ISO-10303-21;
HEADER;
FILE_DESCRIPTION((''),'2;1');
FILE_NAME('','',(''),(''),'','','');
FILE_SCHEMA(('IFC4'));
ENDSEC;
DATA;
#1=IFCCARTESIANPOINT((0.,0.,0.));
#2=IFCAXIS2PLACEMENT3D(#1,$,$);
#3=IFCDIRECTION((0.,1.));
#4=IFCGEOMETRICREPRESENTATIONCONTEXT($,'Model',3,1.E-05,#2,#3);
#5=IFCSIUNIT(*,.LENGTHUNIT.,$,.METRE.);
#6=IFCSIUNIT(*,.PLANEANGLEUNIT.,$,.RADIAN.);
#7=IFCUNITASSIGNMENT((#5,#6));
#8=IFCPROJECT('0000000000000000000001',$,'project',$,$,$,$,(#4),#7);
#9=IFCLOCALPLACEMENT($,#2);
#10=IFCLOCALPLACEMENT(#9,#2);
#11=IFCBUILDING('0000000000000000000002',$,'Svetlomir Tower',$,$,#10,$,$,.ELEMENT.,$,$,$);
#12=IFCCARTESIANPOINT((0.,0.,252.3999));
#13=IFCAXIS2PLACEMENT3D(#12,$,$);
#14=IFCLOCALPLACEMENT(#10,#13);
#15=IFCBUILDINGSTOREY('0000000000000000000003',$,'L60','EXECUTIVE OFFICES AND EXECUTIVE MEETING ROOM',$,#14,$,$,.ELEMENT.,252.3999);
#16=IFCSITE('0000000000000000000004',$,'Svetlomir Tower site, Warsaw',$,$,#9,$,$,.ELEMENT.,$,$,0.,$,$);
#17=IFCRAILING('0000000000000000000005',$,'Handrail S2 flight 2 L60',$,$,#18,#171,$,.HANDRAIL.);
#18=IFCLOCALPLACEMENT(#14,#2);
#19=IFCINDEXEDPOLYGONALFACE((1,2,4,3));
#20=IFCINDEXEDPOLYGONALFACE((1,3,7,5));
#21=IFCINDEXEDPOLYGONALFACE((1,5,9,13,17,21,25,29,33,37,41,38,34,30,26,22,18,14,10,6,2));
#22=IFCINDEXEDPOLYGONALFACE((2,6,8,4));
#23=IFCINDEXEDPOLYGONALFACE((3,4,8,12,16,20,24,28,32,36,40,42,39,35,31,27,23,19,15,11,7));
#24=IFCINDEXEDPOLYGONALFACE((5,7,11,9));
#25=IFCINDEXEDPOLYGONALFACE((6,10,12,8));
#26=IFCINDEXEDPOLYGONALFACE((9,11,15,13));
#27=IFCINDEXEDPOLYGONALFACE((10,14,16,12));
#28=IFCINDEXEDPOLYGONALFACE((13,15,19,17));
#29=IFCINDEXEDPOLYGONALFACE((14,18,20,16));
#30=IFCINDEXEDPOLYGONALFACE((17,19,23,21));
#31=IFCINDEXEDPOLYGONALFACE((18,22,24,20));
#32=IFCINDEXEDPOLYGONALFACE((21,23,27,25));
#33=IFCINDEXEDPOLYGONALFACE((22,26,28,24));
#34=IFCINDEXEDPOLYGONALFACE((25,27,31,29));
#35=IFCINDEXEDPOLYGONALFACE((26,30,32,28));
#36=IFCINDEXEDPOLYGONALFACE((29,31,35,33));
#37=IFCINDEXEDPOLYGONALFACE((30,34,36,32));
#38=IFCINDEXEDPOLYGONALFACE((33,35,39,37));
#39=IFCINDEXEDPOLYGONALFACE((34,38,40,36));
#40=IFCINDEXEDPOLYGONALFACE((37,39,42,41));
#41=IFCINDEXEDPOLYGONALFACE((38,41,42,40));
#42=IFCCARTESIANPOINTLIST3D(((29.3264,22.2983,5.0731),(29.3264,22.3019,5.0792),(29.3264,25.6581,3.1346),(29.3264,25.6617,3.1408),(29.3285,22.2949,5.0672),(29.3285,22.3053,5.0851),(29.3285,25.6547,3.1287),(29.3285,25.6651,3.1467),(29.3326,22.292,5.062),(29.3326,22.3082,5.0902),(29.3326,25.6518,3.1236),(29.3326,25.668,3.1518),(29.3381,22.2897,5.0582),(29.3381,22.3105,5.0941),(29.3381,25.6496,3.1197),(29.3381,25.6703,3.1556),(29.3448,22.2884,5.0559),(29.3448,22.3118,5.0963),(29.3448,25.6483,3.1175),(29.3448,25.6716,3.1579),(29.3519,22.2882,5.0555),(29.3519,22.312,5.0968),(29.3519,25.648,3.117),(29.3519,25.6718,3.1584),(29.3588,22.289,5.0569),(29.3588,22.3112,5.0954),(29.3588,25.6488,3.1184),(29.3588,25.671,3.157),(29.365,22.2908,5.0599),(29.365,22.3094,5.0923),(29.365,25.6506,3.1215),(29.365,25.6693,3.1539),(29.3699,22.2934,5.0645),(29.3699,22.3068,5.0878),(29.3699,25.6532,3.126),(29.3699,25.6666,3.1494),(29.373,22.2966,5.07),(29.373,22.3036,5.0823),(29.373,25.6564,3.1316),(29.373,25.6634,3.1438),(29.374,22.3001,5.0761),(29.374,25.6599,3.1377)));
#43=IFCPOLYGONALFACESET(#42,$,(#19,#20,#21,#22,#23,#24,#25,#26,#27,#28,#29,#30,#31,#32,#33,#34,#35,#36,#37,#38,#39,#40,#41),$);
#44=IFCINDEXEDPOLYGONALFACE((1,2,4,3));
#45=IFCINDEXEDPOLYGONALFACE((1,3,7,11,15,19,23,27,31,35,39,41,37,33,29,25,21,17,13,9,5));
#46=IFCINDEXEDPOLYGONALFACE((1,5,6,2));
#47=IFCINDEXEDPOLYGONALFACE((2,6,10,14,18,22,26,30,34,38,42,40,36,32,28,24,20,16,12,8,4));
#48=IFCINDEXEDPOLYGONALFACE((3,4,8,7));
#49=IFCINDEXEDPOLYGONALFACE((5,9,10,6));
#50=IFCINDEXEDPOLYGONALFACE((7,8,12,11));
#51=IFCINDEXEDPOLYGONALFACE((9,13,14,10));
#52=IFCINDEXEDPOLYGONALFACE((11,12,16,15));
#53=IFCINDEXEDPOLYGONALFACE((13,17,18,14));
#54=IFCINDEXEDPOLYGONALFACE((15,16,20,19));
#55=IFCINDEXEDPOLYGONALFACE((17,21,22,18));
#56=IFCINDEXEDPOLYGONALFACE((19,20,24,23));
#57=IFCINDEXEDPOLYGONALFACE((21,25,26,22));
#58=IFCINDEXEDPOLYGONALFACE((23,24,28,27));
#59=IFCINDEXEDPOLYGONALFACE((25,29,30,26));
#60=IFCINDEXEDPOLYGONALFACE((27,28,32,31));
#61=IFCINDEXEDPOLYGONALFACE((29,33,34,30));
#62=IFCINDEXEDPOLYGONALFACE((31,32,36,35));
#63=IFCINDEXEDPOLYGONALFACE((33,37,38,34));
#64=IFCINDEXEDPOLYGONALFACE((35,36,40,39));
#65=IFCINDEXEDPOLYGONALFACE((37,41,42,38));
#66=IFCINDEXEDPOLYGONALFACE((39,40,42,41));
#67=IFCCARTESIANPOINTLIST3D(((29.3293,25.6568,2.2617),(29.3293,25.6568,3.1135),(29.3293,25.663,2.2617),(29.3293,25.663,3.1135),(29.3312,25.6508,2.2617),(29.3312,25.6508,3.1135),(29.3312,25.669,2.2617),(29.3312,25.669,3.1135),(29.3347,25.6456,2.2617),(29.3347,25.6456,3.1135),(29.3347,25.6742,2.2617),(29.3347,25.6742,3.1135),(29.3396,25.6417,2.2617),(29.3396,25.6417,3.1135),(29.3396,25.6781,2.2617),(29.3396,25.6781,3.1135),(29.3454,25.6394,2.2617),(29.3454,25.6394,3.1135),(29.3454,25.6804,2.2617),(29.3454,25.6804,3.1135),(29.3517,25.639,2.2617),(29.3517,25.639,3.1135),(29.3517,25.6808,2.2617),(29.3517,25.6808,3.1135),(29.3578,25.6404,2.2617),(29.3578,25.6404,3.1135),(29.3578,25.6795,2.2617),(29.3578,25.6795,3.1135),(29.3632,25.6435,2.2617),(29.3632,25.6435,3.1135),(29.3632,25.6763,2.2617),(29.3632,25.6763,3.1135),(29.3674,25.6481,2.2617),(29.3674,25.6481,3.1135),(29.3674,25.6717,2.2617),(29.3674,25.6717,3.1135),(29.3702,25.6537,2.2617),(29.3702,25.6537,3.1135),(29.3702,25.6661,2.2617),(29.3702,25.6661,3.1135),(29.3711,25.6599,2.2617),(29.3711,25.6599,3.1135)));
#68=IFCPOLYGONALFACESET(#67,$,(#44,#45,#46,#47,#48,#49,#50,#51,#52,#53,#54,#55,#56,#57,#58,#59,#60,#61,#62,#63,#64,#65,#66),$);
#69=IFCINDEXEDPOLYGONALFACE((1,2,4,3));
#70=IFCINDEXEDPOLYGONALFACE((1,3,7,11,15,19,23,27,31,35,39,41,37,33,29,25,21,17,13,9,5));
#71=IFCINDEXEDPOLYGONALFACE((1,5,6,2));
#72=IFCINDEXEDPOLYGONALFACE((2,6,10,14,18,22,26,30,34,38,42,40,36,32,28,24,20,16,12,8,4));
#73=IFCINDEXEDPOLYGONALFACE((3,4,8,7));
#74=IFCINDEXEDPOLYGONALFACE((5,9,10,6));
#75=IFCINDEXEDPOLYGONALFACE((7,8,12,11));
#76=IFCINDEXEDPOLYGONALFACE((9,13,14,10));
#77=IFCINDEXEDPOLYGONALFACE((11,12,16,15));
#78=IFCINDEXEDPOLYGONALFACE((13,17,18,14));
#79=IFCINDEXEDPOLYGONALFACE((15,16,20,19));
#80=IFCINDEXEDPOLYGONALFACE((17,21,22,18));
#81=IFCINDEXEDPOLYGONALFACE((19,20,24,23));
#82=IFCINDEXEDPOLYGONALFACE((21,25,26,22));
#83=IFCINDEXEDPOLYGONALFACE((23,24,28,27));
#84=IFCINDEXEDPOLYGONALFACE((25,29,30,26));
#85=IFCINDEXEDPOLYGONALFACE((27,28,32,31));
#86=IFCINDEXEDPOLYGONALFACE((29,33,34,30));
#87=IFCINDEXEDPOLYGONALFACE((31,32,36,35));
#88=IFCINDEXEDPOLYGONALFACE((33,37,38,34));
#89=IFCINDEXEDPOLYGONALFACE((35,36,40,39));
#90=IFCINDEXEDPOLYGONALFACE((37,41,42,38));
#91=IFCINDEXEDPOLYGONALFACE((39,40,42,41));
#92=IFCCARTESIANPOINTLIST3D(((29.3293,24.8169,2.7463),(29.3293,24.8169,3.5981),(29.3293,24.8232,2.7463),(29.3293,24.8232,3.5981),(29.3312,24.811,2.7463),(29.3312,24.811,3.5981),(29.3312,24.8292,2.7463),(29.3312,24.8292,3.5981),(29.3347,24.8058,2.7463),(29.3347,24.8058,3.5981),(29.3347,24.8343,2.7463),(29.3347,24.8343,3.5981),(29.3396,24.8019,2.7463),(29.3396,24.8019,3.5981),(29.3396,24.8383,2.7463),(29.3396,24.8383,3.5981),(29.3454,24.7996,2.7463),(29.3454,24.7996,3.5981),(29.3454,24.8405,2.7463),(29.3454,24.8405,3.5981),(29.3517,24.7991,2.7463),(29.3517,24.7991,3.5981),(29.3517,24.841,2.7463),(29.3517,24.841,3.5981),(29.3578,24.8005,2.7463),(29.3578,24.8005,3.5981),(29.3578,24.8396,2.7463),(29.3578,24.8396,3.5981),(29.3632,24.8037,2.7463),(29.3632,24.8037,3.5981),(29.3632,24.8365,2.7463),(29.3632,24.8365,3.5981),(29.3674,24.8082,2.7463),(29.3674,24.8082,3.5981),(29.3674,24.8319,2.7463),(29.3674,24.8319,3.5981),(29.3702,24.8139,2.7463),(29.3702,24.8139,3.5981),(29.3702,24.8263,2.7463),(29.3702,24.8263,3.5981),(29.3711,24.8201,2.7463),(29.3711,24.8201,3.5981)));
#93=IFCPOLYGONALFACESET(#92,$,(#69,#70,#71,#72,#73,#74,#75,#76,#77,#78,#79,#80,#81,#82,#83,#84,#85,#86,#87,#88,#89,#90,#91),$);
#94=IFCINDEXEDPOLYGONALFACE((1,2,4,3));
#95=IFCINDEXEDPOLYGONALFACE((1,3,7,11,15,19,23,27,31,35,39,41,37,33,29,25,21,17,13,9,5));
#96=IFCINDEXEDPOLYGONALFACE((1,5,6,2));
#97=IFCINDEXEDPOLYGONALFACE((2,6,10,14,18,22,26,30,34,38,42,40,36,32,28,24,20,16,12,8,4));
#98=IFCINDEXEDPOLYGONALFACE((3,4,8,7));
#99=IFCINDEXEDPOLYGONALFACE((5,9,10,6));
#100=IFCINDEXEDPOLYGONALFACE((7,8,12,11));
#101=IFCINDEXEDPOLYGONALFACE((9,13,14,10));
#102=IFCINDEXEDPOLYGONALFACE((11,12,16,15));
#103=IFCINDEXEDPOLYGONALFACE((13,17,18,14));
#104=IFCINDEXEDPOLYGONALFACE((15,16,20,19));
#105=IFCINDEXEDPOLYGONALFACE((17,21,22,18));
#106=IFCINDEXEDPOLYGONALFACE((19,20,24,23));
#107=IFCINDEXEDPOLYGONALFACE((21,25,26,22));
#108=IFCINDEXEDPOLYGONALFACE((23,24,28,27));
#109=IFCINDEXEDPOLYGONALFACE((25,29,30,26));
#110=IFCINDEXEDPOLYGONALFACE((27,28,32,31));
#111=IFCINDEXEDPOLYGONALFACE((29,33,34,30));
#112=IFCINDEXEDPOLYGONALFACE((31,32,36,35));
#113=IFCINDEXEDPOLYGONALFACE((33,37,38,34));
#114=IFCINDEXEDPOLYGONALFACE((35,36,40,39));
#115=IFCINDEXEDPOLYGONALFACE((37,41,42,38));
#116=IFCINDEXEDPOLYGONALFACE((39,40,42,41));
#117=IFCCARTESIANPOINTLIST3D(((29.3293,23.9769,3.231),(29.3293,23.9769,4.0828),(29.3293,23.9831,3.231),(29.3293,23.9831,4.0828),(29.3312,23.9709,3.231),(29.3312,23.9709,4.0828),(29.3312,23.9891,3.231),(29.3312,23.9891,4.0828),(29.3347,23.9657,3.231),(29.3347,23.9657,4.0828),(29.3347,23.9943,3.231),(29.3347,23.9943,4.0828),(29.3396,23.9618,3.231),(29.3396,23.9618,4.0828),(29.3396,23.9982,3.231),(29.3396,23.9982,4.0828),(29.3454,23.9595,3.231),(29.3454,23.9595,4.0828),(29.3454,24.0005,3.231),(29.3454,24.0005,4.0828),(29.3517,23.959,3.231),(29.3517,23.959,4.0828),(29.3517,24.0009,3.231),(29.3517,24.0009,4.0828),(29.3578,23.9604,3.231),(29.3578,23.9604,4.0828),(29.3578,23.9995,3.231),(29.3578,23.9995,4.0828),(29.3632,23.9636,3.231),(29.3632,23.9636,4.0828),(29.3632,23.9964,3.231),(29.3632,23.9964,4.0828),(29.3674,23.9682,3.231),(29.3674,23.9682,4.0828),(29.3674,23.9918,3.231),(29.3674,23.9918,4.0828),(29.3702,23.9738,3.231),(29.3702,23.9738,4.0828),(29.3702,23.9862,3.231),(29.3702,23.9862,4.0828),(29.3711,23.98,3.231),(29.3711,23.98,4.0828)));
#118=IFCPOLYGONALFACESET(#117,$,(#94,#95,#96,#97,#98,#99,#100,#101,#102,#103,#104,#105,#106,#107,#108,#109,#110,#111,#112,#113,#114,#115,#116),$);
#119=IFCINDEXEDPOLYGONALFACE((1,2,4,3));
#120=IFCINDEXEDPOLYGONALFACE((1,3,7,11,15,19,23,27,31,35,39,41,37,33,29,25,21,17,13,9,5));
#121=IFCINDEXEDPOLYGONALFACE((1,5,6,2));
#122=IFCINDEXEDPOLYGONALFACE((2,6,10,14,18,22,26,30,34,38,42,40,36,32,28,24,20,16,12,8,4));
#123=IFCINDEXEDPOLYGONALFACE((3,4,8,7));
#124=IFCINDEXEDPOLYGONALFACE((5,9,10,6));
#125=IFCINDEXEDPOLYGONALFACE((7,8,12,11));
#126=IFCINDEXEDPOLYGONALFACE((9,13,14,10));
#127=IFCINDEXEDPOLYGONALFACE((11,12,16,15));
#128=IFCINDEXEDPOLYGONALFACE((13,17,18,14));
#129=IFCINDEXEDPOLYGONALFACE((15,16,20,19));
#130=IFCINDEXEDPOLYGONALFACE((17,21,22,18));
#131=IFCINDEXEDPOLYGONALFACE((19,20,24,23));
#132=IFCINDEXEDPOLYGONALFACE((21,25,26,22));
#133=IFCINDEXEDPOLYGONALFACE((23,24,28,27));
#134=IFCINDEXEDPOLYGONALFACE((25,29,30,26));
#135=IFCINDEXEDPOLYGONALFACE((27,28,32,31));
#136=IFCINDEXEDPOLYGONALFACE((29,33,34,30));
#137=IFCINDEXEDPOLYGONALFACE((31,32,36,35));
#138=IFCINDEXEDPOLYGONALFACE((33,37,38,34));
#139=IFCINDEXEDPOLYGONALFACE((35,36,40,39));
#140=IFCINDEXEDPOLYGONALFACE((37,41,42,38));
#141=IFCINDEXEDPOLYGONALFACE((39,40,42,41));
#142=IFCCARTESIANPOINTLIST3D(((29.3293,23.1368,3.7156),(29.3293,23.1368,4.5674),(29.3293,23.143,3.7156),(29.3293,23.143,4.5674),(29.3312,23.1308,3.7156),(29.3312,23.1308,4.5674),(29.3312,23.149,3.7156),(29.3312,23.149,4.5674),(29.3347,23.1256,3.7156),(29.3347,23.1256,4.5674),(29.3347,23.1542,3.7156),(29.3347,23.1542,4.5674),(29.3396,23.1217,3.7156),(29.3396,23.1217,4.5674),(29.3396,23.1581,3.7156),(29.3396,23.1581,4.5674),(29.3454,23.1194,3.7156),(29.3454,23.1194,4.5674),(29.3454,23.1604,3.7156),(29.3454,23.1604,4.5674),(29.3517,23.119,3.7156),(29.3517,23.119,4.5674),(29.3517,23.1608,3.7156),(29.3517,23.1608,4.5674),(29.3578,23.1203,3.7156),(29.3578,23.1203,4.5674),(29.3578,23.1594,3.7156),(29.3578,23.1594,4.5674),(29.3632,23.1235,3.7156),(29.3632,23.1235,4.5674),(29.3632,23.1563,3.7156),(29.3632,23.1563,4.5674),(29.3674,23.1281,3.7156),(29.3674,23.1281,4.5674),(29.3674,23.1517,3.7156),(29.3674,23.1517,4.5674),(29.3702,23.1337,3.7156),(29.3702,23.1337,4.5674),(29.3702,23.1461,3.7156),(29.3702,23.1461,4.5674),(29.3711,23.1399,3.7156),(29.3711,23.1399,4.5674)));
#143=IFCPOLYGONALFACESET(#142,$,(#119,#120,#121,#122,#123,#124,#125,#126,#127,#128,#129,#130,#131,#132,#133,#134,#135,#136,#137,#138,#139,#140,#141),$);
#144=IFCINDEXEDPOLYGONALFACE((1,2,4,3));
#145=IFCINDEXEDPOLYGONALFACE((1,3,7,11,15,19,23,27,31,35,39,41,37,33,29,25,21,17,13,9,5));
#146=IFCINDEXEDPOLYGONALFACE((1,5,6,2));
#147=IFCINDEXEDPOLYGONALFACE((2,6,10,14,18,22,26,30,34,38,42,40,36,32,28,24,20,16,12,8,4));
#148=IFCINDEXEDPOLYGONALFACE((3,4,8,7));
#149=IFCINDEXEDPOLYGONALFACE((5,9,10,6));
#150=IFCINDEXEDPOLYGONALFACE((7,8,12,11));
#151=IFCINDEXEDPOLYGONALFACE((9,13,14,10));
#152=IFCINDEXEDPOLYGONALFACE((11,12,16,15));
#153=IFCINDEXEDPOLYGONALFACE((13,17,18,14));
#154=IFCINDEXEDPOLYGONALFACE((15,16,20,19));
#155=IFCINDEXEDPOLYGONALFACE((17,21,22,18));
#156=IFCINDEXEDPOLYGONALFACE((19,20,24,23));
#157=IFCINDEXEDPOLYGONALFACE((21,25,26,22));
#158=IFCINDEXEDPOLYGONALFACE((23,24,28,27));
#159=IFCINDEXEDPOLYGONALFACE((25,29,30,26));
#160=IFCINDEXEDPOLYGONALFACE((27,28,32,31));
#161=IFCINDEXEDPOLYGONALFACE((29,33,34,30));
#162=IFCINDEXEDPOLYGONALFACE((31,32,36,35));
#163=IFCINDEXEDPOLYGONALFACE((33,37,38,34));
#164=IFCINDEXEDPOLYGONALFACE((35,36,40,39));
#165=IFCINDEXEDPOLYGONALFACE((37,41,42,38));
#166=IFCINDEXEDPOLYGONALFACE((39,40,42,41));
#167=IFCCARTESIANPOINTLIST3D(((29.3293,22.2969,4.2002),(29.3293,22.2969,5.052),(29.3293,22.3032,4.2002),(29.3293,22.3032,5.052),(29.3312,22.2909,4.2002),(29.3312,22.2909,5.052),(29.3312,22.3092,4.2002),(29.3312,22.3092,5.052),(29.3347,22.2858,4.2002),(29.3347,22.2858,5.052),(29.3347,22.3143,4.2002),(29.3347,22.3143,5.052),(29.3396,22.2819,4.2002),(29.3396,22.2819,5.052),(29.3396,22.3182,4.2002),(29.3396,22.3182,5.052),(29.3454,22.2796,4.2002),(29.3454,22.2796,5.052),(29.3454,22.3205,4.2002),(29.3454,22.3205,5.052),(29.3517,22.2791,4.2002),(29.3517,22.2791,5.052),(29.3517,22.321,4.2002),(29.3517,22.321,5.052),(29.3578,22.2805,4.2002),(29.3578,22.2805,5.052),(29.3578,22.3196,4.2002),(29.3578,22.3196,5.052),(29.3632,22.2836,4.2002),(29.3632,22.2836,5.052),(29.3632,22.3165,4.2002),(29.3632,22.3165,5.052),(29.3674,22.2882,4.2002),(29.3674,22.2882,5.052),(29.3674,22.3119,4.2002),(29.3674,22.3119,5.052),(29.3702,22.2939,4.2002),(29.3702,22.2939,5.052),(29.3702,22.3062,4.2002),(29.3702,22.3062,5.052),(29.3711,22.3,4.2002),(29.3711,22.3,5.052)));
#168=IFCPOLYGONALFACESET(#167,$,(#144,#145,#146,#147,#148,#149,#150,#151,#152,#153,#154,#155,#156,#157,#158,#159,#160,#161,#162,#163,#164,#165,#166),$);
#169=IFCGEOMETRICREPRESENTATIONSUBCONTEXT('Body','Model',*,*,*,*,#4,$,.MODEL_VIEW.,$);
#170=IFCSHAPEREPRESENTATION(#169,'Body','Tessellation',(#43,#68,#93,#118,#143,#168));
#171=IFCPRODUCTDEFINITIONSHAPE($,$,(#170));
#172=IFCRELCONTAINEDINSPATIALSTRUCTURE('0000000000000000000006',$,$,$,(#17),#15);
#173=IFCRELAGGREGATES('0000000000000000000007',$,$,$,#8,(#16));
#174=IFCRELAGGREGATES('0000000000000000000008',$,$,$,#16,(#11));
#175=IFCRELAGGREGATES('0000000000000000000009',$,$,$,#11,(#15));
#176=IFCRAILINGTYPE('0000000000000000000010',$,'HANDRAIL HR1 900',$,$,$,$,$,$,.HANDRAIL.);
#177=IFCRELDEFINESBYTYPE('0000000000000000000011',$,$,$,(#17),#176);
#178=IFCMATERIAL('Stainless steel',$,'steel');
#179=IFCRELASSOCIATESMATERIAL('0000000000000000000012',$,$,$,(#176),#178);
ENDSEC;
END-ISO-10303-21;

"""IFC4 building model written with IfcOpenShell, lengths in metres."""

from ifc_helpers import new_model, si_unit, direction, frame, origin, origin_2d, place, context, subcontext, project, spatial, circle, extrude, material, type_object, element, save


model = new_model("IFC4")

# Units and contexts
model_context = context("Model", 3, precision=1e-05, world=origin(), true_north=direction((0.0, 1.0)))
body_context = subcontext(model_context, "Body", "Model", "MODEL_VIEW")
ifc_project = project(units=[si_unit("LENGTHUNIT", "METRE"), si_unit("PLANEANGLEUNIT", "RADIAN")], contexts=[model_context])

# Site, building, storey
site_placement = place(None, origin())
site = spatial("IfcSite", under=ifc_project, at=site_placement, Name="Svetlomir Tower site, Warsaw", CompositionType="ELEMENT", RefElevation=0.0)
building_placement = place(site_placement, origin())
building = spatial("IfcBuilding", under=site, at=building_placement, Name="Svetlomir Tower", CompositionType="ELEMENT")
storey_placement = place(building_placement, frame((0.0, 0.0, 252.3999)))
storey = spatial("IfcBuildingStorey", under=building, at=storey_placement, Name="L60", Description="EXECUTIVE OFFICES AND EXECUTIVE MEETING ROOM", CompositionType="ELEMENT", Elevation=252.3999)

# Railing
ifc_material_1 = material(Name="Stainless steel", Category="steel")
railing_type = type_object("IfcRailingType", Name="HANDRAIL HR1 900", PredefinedType="HANDRAIL", material=ifc_material_1)
railing_1_placement = place(storey_placement, frame((29.3501, 25.6599, 2.2617)))
element("IfcRailing", 1, at=railing_1_placement, inside=storey, type_object=railing_type, Name="Handrail S2 flight 2 L60", PredefinedType="HANDRAIL", context=body_context, shape_type="SweptSolid", body=[
    extrude(circle(Radius=0.0239, at=origin_2d()), frame((0.0, 0.0, 0.876), z_axis=(0.0, -0.866175, 0.499741), x_axis=(1.0, 0.0, 0.0)), (0.0, 0.0, 1.0), 3.8789),
    extrude(circle(Radius=0.021, at=origin_2d()), origin(), (0.0, 0.0, 1.0), 0.8518),
    extrude(circle(Radius=0.021, at=origin_2d()), frame((0.0, -0.8398, 0.4846)), (0.0, 0.0, 1.0), 0.8518),
    extrude(circle(Radius=0.021, at=origin_2d()), frame((0.0, -1.6799, 0.9692)), (0.0, 0.0, 1.0), 0.8518),
    extrude(circle(Radius=0.021, at=origin_2d()), frame((0.0, -2.52, 1.4539)), (0.0, 0.0, 1.0), 0.8518),
    extrude(circle(Radius=0.021, at=origin_2d()), frame((0.0, -3.3599, 1.9385)), (0.0, 0.0, 1.0), 0.8518),
])

save(model, "model.ifc")
